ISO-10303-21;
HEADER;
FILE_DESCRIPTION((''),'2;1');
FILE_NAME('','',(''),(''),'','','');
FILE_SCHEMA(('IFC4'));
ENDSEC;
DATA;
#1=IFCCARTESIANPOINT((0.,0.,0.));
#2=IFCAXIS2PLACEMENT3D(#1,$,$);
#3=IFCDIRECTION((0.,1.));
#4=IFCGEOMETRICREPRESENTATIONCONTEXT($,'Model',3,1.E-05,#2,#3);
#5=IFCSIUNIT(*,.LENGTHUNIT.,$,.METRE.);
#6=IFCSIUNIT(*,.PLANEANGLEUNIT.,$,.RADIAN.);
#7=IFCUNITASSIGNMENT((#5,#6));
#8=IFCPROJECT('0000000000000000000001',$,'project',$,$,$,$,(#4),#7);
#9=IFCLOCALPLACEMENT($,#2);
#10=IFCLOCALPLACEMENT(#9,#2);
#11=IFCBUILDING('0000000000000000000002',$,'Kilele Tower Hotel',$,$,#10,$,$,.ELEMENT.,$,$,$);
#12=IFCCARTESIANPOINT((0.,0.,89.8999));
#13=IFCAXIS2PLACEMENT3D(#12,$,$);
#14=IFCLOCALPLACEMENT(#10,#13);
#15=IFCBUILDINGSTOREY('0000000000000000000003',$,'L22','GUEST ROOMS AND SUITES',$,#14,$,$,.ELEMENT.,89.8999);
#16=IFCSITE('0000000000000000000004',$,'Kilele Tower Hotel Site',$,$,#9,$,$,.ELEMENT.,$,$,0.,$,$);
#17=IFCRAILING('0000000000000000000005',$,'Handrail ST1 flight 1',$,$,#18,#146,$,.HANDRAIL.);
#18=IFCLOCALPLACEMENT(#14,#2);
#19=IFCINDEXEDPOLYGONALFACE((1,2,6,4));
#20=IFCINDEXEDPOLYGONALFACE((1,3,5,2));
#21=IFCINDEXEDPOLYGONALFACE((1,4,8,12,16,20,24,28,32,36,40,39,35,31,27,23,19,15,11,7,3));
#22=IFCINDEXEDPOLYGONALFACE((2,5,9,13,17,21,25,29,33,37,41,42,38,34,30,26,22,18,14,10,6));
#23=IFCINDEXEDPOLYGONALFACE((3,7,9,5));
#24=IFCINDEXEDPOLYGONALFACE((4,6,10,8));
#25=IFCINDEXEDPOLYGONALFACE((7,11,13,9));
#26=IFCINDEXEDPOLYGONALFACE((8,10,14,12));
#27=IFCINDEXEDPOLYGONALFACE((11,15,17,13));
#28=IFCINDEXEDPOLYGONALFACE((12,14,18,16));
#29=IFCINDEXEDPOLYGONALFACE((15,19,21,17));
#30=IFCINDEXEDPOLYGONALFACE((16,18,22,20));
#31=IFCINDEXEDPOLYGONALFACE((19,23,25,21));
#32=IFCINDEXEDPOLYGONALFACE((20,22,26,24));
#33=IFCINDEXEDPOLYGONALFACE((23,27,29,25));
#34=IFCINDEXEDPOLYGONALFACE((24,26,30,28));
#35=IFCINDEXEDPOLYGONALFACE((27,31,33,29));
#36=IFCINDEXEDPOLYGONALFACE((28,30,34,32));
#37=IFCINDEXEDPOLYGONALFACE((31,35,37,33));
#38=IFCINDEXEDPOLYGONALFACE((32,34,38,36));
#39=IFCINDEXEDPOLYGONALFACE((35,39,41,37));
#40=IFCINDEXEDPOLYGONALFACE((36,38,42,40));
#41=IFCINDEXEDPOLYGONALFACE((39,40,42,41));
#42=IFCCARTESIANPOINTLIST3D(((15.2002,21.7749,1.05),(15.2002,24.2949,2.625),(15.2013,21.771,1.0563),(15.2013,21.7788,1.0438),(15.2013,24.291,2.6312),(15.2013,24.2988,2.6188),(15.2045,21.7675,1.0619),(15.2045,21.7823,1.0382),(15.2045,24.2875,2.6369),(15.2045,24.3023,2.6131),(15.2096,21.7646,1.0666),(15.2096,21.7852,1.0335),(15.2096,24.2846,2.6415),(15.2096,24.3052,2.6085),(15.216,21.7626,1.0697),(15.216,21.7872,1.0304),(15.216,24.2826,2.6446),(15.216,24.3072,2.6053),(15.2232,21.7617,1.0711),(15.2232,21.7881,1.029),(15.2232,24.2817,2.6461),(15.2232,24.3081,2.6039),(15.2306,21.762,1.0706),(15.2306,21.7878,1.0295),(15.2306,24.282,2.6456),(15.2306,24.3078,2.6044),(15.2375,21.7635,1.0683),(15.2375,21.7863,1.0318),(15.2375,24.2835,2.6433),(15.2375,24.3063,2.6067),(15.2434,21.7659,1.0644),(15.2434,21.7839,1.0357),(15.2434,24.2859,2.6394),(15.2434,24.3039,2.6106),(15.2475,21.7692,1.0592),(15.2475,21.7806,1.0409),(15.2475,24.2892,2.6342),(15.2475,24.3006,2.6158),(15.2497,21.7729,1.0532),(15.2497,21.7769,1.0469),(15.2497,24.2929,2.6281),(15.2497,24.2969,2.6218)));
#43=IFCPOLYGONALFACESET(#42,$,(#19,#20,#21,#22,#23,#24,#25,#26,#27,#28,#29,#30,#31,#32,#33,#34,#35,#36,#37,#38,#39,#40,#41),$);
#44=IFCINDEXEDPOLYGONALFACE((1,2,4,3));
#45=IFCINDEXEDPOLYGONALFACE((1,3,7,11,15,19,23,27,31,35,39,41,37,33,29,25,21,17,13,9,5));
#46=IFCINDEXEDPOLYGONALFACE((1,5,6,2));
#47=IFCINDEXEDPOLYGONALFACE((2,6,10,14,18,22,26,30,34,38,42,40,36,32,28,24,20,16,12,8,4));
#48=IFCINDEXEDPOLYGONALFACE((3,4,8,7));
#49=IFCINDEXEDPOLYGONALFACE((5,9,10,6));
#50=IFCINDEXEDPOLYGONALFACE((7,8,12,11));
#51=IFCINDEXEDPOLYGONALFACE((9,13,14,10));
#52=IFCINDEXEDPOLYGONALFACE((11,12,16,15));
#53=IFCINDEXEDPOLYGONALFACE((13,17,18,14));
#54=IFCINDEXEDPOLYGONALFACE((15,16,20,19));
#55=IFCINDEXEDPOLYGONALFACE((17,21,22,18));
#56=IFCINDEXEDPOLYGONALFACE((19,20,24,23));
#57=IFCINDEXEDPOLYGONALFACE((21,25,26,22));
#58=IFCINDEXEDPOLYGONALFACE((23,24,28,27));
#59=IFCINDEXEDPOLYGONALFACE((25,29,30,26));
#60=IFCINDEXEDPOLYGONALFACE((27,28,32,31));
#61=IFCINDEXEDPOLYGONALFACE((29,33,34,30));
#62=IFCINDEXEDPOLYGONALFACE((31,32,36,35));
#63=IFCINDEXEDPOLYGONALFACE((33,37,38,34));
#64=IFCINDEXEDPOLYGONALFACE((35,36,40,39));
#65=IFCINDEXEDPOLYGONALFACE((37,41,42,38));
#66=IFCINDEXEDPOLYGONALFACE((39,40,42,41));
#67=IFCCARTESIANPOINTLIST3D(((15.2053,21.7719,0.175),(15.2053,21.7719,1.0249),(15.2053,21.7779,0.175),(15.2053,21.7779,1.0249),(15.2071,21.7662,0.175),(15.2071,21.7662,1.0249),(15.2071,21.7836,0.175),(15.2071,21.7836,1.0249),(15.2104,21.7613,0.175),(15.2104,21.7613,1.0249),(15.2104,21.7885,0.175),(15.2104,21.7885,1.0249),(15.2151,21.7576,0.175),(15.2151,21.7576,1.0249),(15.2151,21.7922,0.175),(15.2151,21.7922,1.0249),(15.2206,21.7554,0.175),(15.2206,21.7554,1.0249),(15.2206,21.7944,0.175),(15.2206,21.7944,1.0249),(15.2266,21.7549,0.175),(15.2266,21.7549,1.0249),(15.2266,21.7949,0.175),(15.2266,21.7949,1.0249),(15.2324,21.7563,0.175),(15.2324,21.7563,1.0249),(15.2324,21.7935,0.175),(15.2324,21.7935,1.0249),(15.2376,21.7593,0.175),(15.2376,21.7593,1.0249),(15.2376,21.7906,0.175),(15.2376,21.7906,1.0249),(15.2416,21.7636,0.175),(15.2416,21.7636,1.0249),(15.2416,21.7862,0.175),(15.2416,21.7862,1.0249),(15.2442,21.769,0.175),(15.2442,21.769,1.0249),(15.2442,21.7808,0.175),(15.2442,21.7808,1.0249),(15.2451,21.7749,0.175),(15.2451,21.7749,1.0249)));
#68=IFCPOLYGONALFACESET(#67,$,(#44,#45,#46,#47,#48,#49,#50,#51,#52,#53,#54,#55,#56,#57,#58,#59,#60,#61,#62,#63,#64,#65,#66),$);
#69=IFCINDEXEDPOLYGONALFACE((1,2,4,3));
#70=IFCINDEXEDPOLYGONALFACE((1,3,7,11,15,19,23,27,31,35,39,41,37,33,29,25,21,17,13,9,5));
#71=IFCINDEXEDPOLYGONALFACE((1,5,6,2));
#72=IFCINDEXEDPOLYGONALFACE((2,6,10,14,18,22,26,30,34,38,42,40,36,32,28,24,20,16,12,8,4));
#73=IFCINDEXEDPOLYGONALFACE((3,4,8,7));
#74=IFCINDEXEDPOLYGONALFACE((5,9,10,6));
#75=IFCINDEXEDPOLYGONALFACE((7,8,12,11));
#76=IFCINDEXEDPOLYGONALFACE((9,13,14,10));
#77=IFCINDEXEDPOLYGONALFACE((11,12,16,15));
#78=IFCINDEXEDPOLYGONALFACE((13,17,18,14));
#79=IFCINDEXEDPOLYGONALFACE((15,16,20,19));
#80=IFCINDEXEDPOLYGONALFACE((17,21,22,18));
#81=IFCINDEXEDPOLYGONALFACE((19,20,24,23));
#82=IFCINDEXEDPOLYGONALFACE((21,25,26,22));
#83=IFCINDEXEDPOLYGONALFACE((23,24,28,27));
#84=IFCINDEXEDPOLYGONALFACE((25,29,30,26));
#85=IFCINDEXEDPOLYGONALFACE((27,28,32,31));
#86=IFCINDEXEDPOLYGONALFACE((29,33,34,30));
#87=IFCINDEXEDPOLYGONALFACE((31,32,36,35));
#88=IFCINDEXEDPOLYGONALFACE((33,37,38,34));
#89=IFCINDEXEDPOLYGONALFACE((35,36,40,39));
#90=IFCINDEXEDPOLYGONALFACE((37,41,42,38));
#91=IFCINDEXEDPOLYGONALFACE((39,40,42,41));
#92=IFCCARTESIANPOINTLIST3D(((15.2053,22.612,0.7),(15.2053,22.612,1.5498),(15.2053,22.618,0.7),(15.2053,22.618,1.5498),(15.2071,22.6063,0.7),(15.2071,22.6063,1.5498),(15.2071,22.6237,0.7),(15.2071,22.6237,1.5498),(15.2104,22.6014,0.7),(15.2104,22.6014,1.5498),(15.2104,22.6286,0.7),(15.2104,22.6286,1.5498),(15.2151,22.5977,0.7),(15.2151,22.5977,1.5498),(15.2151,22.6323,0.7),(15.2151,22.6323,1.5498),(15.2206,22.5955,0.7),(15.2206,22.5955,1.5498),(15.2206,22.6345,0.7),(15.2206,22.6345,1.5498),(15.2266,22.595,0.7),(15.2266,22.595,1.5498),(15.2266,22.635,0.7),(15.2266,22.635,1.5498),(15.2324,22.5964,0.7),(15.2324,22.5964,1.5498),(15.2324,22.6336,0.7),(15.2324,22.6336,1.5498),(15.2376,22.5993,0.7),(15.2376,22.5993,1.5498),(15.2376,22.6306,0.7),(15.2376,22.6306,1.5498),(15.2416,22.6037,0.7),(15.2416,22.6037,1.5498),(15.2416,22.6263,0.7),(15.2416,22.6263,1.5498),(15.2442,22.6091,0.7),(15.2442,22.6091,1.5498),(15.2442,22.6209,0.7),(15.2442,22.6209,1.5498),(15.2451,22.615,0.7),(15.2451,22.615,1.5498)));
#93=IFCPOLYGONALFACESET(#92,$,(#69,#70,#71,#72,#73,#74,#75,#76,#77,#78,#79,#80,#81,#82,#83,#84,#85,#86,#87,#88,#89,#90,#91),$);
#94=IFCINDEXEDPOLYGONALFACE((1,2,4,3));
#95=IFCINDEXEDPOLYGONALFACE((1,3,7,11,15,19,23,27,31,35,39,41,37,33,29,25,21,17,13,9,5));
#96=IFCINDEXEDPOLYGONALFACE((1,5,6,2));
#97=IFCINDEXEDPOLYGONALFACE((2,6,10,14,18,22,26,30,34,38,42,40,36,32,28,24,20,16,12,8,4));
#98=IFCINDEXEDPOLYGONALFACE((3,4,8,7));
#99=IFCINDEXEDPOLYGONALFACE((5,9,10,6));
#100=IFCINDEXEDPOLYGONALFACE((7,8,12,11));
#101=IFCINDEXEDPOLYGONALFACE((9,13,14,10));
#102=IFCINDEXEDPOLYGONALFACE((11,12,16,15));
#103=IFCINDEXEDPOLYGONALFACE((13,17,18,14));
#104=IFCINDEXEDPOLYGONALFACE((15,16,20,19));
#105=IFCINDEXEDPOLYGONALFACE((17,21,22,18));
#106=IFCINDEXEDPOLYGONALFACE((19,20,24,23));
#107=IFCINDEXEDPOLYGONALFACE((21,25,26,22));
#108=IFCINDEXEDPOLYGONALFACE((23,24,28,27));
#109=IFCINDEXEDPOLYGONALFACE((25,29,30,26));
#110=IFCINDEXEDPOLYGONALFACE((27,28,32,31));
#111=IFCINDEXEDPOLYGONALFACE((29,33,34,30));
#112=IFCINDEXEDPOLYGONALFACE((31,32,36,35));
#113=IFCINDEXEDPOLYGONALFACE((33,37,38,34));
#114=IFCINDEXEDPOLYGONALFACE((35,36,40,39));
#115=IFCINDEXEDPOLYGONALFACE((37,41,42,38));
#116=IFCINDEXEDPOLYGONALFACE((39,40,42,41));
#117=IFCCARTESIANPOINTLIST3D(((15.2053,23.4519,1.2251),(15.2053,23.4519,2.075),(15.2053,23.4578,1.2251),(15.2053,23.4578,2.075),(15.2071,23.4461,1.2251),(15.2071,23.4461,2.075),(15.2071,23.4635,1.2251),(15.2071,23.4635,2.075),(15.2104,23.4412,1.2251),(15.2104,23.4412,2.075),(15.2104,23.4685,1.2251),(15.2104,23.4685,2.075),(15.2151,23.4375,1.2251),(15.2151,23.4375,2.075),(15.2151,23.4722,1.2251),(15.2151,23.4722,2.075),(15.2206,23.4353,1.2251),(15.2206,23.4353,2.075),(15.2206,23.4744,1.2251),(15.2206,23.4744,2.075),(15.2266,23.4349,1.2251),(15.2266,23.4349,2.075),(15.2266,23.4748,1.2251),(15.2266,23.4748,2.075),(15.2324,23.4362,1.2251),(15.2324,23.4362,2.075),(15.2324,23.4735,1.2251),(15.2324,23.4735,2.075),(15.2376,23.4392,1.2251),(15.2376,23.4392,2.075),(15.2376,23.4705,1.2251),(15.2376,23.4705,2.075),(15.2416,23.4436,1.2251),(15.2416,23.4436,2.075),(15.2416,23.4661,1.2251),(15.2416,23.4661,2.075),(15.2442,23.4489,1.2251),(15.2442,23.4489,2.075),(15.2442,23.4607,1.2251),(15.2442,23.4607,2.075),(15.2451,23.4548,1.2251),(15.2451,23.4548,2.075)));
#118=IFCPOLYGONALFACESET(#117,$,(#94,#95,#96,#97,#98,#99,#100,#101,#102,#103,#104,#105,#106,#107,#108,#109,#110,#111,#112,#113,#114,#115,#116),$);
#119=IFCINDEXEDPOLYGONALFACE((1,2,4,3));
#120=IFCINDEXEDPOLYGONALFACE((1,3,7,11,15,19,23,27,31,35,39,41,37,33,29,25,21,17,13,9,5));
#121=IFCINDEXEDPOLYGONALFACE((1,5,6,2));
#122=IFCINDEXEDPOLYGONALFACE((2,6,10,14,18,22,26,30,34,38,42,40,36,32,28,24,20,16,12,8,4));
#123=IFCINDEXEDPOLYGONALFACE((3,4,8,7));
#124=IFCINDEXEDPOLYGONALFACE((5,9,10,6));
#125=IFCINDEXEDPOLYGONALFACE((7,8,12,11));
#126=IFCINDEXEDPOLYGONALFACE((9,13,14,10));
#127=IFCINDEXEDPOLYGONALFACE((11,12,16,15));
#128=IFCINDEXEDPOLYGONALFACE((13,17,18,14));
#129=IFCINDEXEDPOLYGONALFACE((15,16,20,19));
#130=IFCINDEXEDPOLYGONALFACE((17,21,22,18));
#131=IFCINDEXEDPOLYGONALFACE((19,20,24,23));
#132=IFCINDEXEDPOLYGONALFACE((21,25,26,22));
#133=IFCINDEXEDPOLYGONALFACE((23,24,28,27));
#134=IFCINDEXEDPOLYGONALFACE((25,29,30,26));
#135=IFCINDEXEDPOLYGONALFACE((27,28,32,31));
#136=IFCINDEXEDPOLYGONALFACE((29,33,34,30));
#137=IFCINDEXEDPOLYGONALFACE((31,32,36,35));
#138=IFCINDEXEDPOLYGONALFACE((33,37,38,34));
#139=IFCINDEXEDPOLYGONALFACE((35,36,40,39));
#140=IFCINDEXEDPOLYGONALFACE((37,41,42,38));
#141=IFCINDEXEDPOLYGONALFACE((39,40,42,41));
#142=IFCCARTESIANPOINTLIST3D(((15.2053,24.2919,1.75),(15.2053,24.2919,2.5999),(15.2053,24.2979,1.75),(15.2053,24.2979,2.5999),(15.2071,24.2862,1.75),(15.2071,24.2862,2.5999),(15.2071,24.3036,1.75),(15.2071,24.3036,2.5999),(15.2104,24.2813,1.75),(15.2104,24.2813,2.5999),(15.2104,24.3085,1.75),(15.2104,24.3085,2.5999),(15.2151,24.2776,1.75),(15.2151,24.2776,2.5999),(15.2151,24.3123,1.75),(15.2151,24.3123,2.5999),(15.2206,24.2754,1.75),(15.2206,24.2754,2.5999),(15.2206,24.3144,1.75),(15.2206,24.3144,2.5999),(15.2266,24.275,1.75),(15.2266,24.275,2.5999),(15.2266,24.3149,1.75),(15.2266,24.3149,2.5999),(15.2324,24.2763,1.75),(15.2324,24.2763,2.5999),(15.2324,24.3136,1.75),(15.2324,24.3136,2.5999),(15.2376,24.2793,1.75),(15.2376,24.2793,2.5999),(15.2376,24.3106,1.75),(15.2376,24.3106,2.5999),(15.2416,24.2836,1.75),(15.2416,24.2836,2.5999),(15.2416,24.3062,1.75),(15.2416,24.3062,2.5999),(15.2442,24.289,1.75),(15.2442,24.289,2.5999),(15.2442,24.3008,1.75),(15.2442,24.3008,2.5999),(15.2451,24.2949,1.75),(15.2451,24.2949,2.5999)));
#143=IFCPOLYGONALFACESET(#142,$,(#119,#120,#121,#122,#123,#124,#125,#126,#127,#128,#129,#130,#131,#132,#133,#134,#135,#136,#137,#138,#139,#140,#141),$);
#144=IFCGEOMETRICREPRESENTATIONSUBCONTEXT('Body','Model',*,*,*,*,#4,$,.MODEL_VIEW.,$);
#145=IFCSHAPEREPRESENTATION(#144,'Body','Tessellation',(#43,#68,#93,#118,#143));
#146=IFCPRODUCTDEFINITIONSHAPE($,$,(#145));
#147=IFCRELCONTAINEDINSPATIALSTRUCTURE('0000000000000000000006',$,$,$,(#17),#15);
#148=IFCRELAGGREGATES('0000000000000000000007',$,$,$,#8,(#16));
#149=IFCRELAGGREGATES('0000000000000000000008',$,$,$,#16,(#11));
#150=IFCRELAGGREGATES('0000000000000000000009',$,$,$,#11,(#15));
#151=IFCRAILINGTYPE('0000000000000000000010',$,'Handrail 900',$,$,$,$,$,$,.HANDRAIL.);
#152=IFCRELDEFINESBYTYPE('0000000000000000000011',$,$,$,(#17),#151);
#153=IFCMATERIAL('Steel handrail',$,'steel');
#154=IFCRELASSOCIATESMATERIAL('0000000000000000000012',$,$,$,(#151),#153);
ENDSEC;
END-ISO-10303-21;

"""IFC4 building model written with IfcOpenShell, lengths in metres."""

from ifc_helpers import new_model, si_unit, direction, frame, origin, origin_2d, place, context, subcontext, project, spatial, circle, extrude, material, type_object, element, save


model = new_model("IFC4")

# Units and contexts
model_context = context("Model", 3, precision=1e-05, world=origin(), true_north=direction((0.0, 1.0)))
body_context = subcontext(model_context, "Body", "Model", "MODEL_VIEW")
ifc_project = project(units=[si_unit("LENGTHUNIT", "METRE"), si_unit("PLANEANGLEUNIT", "RADIAN")], contexts=[model_context])

# Site, building, storey
site_placement = place(None, origin())
site = spatial("IfcSite", under=ifc_project, at=site_placement, Name="Kilele Tower Hotel Site", CompositionType="ELEMENT", RefElevation=0.0)
building_placement = place(site_placement, origin())
building = spatial("IfcBuilding", under=site, at=building_placement, Name="Kilele Tower Hotel", CompositionType="ELEMENT")
storey_placement = place(building_placement, frame((0.0, 0.0, 89.8999)))
storey = spatial("IfcBuildingStorey", under=building, at=storey_placement, Name="L22", Description="GUEST ROOMS AND SUITES", CompositionType="ELEMENT", Elevation=89.8999)

# Railing
ifc_material_1 = material(Name="Steel handrail", Category="steel")
railing_type_1 = type_object("IfcRailingType", Name="Handrail 900", PredefinedType="HANDRAIL", material=ifc_material_1)
for number, where, name in (
    (1, (15.2251, 21.7749, 0.175), "Handrail ST1 flight 1"),
):
    element("IfcRailing", number, at=place(storey_placement, frame(where)), inside=storey, type_object=railing_type_1, Name=name, PredefinedType="HANDRAIL", context=body_context, shape_type="SweptSolid", body=[
        extrude(circle(Radius=0.0249, at=origin_2d()), frame((0.0, 0.0, 0.875), z_axis=(0.0, 0.848008, 0.529984), x_axis=(-1.0, 0.0, 0.0)), (0.0, 0.0, 1.0), 2.9717),
        extrude(circle(Radius=0.02, at=origin_2d()), origin(), (0.0, 0.0, 1.0), 0.8499),
        extrude(circle(Radius=0.02, at=origin_2d()), frame((0.0, 0.8401, 0.5249)), (0.0, 0.0, 1.0), 0.8499),
        extrude(circle(Radius=0.02, at=origin_2d()), frame((0.0, 1.6799, 1.05)), (0.0, 0.0, 1.0), 0.8499),
        extrude(circle(Radius=0.02, at=origin_2d()), frame((0.0, 2.52, 1.575)), (0.0, 0.0, 1.0), 0.8499),
    ])

save(model, "model.ifc")
